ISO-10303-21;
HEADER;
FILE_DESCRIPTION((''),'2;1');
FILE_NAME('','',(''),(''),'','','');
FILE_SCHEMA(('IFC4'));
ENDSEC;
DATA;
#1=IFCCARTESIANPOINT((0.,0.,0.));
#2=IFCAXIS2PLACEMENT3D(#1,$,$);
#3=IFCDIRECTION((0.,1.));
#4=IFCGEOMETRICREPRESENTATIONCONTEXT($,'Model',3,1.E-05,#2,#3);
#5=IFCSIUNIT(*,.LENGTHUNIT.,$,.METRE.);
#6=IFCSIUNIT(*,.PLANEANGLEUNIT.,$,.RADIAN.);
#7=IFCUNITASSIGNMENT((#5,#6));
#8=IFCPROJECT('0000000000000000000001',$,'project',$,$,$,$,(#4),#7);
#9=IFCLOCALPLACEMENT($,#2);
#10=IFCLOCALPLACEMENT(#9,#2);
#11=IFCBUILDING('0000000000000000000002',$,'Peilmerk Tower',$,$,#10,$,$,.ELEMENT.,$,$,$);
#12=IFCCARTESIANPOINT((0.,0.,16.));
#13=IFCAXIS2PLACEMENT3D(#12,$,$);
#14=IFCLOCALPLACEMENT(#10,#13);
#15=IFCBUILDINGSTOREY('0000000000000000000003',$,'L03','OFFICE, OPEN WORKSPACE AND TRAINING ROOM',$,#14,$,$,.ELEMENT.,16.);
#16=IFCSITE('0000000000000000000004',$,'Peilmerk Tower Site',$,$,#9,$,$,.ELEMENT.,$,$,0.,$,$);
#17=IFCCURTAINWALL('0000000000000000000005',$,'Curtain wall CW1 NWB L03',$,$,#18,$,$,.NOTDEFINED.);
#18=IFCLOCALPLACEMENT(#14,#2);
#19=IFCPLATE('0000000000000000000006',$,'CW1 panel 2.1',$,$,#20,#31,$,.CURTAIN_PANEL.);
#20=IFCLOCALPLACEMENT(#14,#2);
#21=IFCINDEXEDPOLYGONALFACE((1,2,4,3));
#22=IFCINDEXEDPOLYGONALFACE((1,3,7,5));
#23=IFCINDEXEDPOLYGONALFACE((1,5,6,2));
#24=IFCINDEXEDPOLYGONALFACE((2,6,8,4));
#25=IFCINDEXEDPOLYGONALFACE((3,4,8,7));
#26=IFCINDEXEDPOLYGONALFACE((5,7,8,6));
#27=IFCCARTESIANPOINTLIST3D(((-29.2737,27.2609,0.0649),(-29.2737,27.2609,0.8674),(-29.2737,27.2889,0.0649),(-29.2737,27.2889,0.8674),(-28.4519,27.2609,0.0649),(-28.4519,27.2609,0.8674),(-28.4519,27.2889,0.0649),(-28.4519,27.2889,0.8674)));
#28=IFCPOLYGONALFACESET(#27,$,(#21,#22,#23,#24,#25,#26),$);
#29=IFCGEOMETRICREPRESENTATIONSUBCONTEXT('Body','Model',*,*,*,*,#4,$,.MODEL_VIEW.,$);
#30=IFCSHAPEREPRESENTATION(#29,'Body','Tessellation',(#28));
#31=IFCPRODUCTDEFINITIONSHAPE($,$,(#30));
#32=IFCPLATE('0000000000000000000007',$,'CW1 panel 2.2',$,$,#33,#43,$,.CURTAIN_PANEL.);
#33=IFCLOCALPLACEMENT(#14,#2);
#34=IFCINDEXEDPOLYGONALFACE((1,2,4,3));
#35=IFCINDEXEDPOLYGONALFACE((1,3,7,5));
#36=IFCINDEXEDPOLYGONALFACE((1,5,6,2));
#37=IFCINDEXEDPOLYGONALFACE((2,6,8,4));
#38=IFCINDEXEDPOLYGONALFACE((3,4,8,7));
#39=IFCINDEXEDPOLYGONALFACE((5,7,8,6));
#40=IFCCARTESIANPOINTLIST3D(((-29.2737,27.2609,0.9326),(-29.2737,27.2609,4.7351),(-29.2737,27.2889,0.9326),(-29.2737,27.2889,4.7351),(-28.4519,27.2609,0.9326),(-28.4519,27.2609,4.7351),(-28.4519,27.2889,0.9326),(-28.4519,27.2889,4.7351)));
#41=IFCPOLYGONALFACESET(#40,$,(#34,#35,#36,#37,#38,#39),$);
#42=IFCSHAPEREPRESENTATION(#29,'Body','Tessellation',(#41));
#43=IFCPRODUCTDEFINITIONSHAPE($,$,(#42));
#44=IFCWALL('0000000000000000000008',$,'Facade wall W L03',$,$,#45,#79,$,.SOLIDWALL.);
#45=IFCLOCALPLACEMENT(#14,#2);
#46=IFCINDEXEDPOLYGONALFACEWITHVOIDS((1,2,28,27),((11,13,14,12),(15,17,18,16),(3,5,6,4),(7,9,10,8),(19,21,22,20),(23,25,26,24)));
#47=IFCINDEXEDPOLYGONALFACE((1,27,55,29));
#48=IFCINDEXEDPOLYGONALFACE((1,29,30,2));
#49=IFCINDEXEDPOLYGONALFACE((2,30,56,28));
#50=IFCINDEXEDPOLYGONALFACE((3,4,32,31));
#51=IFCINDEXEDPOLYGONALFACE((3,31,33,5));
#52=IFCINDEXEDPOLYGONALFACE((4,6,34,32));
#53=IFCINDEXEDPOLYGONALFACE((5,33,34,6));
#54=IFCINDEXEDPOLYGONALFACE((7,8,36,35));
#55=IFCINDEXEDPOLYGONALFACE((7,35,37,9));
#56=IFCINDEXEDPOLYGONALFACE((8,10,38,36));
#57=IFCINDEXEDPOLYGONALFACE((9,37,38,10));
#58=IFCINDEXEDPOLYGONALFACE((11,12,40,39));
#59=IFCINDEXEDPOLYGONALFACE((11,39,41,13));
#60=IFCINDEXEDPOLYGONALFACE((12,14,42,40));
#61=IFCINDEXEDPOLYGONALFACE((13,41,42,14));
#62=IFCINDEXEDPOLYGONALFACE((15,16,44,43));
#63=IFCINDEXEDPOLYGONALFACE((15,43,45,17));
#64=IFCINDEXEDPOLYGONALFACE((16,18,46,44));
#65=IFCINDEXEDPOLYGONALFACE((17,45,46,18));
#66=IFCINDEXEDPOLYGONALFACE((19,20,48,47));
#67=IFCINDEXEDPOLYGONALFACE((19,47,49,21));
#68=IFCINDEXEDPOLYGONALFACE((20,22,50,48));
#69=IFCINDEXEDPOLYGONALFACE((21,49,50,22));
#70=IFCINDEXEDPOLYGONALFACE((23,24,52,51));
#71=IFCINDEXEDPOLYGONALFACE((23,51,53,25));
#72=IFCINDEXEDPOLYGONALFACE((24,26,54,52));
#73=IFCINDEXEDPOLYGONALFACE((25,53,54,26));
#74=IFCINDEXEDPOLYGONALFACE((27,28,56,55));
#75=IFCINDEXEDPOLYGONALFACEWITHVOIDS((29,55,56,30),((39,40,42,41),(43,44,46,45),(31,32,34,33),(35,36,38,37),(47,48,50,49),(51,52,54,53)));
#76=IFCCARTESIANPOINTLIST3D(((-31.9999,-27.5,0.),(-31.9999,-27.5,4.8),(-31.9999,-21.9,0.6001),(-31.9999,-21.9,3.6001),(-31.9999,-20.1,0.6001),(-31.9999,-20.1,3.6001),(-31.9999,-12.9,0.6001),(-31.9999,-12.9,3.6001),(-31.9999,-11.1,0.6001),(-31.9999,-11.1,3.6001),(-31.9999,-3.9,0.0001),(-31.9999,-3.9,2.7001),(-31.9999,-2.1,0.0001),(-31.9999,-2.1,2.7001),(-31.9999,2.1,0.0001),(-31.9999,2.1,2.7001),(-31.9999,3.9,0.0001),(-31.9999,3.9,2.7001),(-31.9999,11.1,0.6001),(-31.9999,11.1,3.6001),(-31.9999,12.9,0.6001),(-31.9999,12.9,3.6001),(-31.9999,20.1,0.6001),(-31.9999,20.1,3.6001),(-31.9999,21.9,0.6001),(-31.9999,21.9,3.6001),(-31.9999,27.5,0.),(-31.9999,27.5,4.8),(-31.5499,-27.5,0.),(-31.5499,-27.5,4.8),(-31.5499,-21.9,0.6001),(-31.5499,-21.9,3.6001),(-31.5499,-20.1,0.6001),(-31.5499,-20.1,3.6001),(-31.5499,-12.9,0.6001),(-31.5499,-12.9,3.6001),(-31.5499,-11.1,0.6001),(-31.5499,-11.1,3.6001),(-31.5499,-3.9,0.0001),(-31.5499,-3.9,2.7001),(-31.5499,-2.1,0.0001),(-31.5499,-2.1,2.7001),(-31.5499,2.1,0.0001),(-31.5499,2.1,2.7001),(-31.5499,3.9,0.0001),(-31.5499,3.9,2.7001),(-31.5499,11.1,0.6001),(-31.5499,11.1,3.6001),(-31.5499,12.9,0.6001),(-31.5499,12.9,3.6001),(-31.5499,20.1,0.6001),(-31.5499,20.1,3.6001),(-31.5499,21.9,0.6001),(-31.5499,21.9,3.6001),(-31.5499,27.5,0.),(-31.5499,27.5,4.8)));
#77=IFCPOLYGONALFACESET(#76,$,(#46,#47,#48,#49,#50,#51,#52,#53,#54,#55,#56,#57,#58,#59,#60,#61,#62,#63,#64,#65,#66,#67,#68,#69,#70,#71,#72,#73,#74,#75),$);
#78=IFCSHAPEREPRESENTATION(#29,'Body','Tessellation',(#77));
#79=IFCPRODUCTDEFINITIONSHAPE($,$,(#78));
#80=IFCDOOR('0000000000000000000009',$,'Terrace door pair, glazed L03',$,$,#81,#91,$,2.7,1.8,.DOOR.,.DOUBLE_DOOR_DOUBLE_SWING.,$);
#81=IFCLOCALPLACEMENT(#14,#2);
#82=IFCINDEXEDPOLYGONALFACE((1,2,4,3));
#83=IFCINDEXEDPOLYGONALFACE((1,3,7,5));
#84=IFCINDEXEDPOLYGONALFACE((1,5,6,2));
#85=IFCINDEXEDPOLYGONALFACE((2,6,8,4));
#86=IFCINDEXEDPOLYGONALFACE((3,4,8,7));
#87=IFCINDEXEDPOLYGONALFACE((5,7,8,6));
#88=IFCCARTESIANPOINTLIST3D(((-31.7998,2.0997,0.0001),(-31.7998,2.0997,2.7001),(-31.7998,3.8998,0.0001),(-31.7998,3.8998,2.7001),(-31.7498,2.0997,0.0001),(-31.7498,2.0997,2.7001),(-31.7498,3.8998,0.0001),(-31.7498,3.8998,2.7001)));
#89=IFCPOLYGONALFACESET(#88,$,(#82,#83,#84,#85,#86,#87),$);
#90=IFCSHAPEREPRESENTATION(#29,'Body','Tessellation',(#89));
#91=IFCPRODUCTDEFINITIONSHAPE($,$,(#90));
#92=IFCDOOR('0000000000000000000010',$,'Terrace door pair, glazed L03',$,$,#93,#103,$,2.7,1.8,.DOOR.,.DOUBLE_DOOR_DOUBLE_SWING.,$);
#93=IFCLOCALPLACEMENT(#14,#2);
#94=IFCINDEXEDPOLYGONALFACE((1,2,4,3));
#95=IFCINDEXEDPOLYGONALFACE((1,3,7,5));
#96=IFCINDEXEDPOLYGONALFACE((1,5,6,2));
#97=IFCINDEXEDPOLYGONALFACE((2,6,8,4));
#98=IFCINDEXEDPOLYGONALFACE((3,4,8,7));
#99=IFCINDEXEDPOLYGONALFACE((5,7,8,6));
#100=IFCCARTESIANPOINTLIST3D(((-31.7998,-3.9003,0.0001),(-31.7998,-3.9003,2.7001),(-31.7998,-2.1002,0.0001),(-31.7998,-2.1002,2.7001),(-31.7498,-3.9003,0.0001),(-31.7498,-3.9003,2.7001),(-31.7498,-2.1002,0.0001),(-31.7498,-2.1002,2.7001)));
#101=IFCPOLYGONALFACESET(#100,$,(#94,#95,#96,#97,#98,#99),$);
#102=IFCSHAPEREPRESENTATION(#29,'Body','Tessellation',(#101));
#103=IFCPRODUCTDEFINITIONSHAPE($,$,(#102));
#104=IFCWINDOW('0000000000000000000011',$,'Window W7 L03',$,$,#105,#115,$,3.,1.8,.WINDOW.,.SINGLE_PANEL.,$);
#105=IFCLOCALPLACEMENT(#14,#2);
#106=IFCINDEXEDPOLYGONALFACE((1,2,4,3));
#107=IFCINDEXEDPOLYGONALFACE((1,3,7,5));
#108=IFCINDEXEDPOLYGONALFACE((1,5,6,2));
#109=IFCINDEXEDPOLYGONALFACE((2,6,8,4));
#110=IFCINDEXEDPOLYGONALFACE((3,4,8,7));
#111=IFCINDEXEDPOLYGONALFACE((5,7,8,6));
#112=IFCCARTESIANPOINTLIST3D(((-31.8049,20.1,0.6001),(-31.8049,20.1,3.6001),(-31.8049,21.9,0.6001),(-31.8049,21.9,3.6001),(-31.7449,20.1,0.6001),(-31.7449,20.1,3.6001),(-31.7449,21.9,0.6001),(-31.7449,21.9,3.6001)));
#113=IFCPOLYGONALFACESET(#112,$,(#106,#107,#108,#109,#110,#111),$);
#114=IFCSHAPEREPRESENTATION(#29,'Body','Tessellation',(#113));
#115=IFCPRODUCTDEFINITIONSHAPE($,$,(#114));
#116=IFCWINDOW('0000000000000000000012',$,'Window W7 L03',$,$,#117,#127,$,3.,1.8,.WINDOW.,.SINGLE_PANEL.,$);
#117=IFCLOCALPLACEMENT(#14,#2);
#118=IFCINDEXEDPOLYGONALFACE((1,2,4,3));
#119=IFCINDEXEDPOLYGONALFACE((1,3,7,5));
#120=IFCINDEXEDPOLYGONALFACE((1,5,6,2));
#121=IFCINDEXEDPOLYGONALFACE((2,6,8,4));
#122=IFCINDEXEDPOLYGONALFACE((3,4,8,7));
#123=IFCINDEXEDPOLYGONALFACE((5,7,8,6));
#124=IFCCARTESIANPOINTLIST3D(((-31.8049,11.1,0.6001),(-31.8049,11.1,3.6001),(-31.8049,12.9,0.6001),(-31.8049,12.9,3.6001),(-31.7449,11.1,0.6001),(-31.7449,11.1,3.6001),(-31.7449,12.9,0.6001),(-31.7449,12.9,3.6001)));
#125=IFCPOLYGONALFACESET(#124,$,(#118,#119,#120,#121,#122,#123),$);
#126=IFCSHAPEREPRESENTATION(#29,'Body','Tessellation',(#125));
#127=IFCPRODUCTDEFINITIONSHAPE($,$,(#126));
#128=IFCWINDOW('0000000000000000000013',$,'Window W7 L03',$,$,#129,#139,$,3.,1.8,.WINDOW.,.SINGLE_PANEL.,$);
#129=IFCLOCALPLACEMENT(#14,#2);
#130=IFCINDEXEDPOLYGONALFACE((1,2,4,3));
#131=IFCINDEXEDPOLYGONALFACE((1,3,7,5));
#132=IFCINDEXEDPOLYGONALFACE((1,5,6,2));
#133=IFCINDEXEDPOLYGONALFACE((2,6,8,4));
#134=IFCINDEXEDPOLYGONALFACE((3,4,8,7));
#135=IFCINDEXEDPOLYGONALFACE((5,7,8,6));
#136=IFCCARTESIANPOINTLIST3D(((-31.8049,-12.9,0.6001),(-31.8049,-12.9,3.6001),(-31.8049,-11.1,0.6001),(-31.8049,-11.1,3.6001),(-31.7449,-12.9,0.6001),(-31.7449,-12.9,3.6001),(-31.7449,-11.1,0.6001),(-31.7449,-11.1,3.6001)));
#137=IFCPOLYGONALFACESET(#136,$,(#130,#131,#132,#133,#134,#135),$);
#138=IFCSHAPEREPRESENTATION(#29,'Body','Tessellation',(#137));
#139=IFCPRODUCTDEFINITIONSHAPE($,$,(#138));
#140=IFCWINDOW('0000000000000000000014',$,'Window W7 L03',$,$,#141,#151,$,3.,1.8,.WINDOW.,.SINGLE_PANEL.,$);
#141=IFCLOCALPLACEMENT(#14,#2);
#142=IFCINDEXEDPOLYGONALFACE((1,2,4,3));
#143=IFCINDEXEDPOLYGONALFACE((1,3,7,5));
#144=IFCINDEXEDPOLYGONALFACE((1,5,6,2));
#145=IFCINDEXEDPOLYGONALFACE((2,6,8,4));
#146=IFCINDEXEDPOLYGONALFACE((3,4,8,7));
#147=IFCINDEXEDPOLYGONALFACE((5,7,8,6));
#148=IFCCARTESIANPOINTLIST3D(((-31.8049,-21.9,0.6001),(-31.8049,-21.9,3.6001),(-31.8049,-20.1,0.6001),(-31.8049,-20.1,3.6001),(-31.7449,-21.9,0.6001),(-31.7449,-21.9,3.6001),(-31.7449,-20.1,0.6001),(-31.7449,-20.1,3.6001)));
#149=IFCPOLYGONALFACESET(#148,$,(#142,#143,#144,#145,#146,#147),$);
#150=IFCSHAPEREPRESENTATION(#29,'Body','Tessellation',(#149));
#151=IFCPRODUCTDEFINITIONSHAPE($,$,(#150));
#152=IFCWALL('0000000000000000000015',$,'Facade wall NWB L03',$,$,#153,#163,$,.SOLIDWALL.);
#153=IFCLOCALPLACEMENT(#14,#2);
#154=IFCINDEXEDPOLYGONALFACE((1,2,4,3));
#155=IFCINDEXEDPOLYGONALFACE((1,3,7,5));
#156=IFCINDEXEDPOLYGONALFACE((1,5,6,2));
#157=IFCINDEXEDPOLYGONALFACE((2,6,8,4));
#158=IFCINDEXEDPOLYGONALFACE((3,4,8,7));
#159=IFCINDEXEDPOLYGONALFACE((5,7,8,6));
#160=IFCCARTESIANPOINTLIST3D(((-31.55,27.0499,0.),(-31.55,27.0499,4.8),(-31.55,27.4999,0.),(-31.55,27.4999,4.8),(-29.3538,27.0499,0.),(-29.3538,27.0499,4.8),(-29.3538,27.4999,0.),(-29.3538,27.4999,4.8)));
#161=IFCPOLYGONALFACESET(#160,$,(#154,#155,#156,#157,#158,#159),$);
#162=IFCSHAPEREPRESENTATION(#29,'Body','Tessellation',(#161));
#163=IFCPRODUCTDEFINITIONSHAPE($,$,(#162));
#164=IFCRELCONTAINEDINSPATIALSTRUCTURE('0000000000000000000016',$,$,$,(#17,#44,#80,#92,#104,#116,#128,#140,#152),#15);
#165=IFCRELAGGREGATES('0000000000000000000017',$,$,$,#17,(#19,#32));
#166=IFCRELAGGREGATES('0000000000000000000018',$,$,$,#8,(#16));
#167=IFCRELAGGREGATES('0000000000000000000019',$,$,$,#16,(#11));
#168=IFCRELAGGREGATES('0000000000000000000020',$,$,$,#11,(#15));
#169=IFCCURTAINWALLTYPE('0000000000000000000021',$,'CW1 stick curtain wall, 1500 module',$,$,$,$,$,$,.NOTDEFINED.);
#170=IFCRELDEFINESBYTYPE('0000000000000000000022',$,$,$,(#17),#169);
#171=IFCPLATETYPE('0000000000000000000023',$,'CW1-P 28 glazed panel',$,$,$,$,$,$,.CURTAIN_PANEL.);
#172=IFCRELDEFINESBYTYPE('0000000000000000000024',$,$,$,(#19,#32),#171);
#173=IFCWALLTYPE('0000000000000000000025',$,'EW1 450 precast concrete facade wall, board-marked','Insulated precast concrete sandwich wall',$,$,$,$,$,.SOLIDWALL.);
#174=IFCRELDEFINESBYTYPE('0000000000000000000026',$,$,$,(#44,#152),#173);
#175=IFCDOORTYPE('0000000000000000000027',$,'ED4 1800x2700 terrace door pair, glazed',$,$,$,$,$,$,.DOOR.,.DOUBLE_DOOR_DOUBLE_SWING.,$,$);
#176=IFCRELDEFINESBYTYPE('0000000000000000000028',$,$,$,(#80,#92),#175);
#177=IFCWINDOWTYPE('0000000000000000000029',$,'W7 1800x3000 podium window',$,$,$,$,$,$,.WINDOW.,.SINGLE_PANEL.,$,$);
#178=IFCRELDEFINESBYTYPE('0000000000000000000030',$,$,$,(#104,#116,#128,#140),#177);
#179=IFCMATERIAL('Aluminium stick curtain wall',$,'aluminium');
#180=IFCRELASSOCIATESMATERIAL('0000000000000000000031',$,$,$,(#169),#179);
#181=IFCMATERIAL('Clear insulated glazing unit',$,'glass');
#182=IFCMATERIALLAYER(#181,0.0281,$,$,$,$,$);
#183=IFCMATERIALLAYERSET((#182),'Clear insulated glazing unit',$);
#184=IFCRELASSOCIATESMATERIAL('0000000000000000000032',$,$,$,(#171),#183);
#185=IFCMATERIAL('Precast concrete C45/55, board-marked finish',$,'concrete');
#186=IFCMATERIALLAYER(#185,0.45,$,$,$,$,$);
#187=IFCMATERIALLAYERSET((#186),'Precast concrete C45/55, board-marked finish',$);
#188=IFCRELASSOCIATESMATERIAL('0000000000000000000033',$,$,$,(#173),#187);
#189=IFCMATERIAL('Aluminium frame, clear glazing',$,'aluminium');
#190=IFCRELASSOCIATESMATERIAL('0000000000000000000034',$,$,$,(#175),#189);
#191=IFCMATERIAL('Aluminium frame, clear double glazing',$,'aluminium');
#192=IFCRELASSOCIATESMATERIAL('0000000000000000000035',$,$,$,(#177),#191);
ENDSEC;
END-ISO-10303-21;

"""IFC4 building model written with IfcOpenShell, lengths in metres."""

from ifc_helpers import new_model, si_unit, direction, frame, frame_2d, origin, origin_2d, place, context, subcontext, project, spatial, rectangle, extrude, material, layer, layer_set, type_object, element, fill, aggregate, save


model = new_model("IFC4")

# Units and contexts
model_context = context("Model", 3, precision=1e-05, world=origin(), true_north=direction((0.0, 1.0)))
body_context = subcontext(model_context, "Body", "Model", "MODEL_VIEW")
ifc_project = project(units=[si_unit("LENGTHUNIT", "METRE"), si_unit("PLANEANGLEUNIT", "RADIAN")], contexts=[model_context])

# Site, building, storey
site_placement = place(None, origin())
site = spatial("IfcSite", under=ifc_project, at=site_placement, Name="Peilmerk Tower Site", CompositionType="ELEMENT", RefElevation=0.0)
building_placement = place(site_placement, origin())
building = spatial("IfcBuilding", under=site, at=building_placement, Name="Peilmerk Tower", CompositionType="ELEMENT")
storey_placement = place(building_placement, frame((0.0, 0.0, 16.0)))
storey = spatial("IfcBuildingStorey", under=building, at=storey_placement, Name="L03", Description="OFFICE, OPEN WORKSPACE AND TRAINING ROOM", CompositionType="ELEMENT", Elevation=16.0)

# Curtain wall, plates
ifc_material_1 = material(Name="Aluminium stick curtain wall", Category="aluminium")
curtain_wall_type = type_object("IfcCurtainWallType", Name="CW1 stick curtain wall, 1500 module", PredefinedType="NOTDEFINED", material=ifc_material_1)
curtain_wall_placement = place(storey_placement, origin())
curtain_wall = element("IfcCurtainWall", 1, at=curtain_wall_placement, inside=storey, type_object=curtain_wall_type, Name="Curtain wall CW1 NWB L03", PredefinedType="NOTDEFINED")
ifc_material_2 = material(Name="Clear insulated glazing unit", Category="glass")
ifc_layer_1 = layer(ifc_material_2, 0.0281)
ifc_layer_set_1 = layer_set([ifc_layer_1], Name="Clear insulated glazing unit")
plate_type = type_object("IfcPlateType", Name="CW1-P 28 glazed panel", PredefinedType="CURTAIN_PANEL", material=ifc_layer_set_1)
plate_1_placement = place(storey_placement, frame((-28.8628, 27.2749, 0.0649), z_axis=(0.0, 0.0, 1.0), x_axis=(-1.0, 0.0, 0.0)))
plate_1 = element("IfcPlate", 2, at=plate_1_placement, type_object=plate_type, Name="CW1 panel 2.1", PredefinedType="CURTAIN_PANEL", context=body_context, shape_type="SweptSolid", body=[
    extrude(rectangle(XDim=0.8218, YDim=0.0281, at=origin_2d()), origin(), (0.0, 0.0, 1.0), 0.8025),
])
plate_2_placement = place(storey_placement, frame((-28.8628, 27.2749, 0.9326), z_axis=(0.0, 0.0, 1.0), x_axis=(-1.0, 0.0, 0.0)))
plate_2 = element("IfcPlate", 3, at=plate_2_placement, type_object=plate_type, Name="CW1 panel 2.2", PredefinedType="CURTAIN_PANEL", context=body_context, shape_type="SweptSolid", body=[
    extrude(rectangle(XDim=0.8218, YDim=0.0281, at=origin_2d()), origin(), (0.0, 0.0, 1.0), 3.8025),
])
aggregate(curtain_wall, [plate_1, plate_2])

# Wall, openings, doors, windows
ifc_material_3 = material(Name="Precast concrete C45/55, board-marked finish", Category="concrete")
ifc_layer_2 = layer(ifc_material_3, 0.45)
ifc_layer_set_2 = layer_set([ifc_layer_2], Name="Precast concrete C45/55, board-marked finish")
wall_type = type_object("IfcWallType", Name="EW1 450 precast concrete facade wall, board-marked", Description="Insulated precast concrete sandwich wall", PredefinedType="SOLIDWALL", material=ifc_layer_set_2)
wall_1_placement = place(storey_placement, frame((-31.7749, 27.5, 0.0), z_axis=(0.0, 0.0, 1.0), x_axis=(0.0, -1.0, 0.0)))
wall_1 = element("IfcWall", 4, at=wall_1_placement, inside=storey, type_object=wall_type, Name="Facade wall W L03", PredefinedType="SOLIDWALL", context=body_context, shape_type="SweptSolid", body=[
    extrude(rectangle(XDim=55.0, YDim=0.45, at=frame_2d((27.5, 0.0))), origin(), (0.0, 0.0, 1.0), 4.8),
])
opening_1_placement = place(wall_1_placement, frame((5.6001, 0.0, 0.6001)))
opening_1 = element("IfcOpeningElement", 5, at=opening_1_placement, cuts=wall_1, PredefinedType="OPENING", context=body_context, shape_type="SweptSolid", body=[
    extrude(rectangle(XDim=1.8, YDim=3.0, at=frame_2d((0.8999, 1.5))), frame((0.0, 0.2349, 0.0), z_axis=(0.0, -1.0, 0.0), x_axis=(1.0, 0.0, 0.0)), (0.0, 0.0, 1.0), 0.47),
])
opening_2_placement = place(wall_1_placement, frame((14.6001, 0.0, 0.6001)))
opening_2 = element("IfcOpeningElement", 6, at=opening_2_placement, cuts=wall_1, PredefinedType="OPENING", context=body_context, shape_type="SweptSolid", body=[
    extrude(rectangle(XDim=1.8, YDim=3.0, at=frame_2d((0.8999, 1.5))), frame((0.0, 0.2349, 0.0), z_axis=(0.0, -1.0, 0.0), x_axis=(1.0, 0.0, 0.0)), (0.0, 0.0, 1.0), 0.47),
])
opening_3_placement = place(wall_1_placement, frame((38.6001, 0.0, 0.6001)))
opening_3 = element("IfcOpeningElement", 7, at=opening_3_placement, cuts=wall_1, PredefinedType="OPENING", context=body_context, shape_type="SweptSolid", body=[
    extrude(rectangle(XDim=1.8, YDim=3.0, at=frame_2d((0.8999, 1.5))), frame((0.0, 0.2349, 0.0), z_axis=(0.0, -1.0, 0.0), x_axis=(1.0, 0.0, 0.0)), (0.0, 0.0, 1.0), 0.47),
])
opening_4_placement = place(wall_1_placement, frame((47.6001, 0.0, 0.6001)))
opening_4 = element("IfcOpeningElement", 8, at=opening_4_placement, cuts=wall_1, PredefinedType="OPENING", context=body_context, shape_type="SweptSolid", body=[
    extrude(rectangle(XDim=1.8, YDim=3.0, at=frame_2d((0.8999, 1.5))), frame((0.0, 0.2349, 0.0), z_axis=(0.0, -1.0, 0.0), x_axis=(1.0, 0.0, 0.0)), (0.0, 0.0, 1.0), 0.47),
])
opening_5_placement = place(wall_1_placement, frame((23.6001, 0.0, 0.0)))
opening_5 = element("IfcOpeningElement", 9, at=opening_5_placement, cuts=wall_1, PredefinedType="OPENING", context=body_context, shape_type="SweptSolid", body=[
    extrude(rectangle(XDim=1.8, YDim=2.7, at=frame_2d((0.8999, 1.3501))), frame((0.0, 0.2349, 0.0), z_axis=(0.0, -1.0, 0.0), x_axis=(1.0, 0.0, 0.0)), (0.0, 0.0, 1.0), 0.47),
])
opening_6_placement = place(wall_1_placement, frame((29.6001, 0.0, 0.0)))
opening_6 = element("IfcOpeningElement", 10, at=opening_6_placement, cuts=wall_1, PredefinedType="OPENING", context=body_context, shape_type="SweptSolid", body=[
    extrude(rectangle(XDim=1.8, YDim=2.7, at=frame_2d((0.8999, 1.3501))), frame((0.0, 0.2349, 0.0), z_axis=(0.0, -1.0, 0.0), x_axis=(1.0, 0.0, 0.0)), (0.0, 0.0, 1.0), 0.47),
])
ifc_material_4 = material(Name="Aluminium frame, clear glazing", Category="aluminium")
door_type = type_object("IfcDoorType", Name="ED4 1800x2700 terrace door pair, glazed", OperationType="DOUBLE_DOOR_DOUBLE_SWING", PredefinedType="DOOR", material=ifc_material_4)
door_1_placement = place(opening_5_placement, frame((1.8, 0.0, 0.0), z_axis=(0.0, 0.0, 1.0), x_axis=(-1.0, 0.0, 0.0)))
door_1 = element("IfcDoor", 11, at=door_1_placement, inside=storey, type_object=door_type, Name="Terrace door pair, glazed L03", OperationType="DOUBLE_DOOR_DOUBLE_SWING", OverallHeight=2.7, OverallWidth=1.8, PredefinedType="DOOR", context=body_context, shape_type="SweptSolid", body=[
    extrude(rectangle(XDim=1.8, YDim=2.7, at=frame_2d((0.8999, 1.3501))), frame((0.0, 0.0249, 0.0), z_axis=(0.0, -1.0, 0.0), x_axis=(1.0, 0.0, 0.0)), (0.0, 0.0, 1.0), 0.05),
])
fill(opening_5, door_1)
door_2_placement = place(opening_6_placement, frame((1.8, 0.0, 0.0), z_axis=(0.0, 0.0, 1.0), x_axis=(-1.0, 0.0, 0.0)))
door_2 = element("IfcDoor", 12, at=door_2_placement, inside=storey, type_object=door_type, Name="Terrace door pair, glazed L03", OperationType="DOUBLE_DOOR_DOUBLE_SWING", OverallHeight=2.7, OverallWidth=1.8, PredefinedType="DOOR", context=body_context, shape_type="SweptSolid", body=[
    extrude(rectangle(XDim=1.8, YDim=2.7, at=frame_2d((0.8999, 1.3501))), frame((0.0, 0.0249, 0.0), z_axis=(0.0, -1.0, 0.0), x_axis=(1.0, 0.0, 0.0)), (0.0, 0.0, 1.0), 0.05),
])
fill(opening_6, door_2)
ifc_material_5 = material(Name="Aluminium frame, clear double glazing", Category="aluminium")
window_type = type_object("IfcWindowType", Name="W7 1800x3000 podium window", PartitioningType="SINGLE_PANEL", PredefinedType="WINDOW", material=ifc_material_5)
window_1_placement = place(opening_1_placement, origin())
window_1 = element("IfcWindow", 13, at=window_1_placement, inside=storey, type_object=window_type, Name="Window W7 L03", OverallHeight=3.0, OverallWidth=1.8, PartitioningType="SINGLE_PANEL", PredefinedType="WINDOW", context=body_context, shape_type="SweptSolid", body=[
    extrude(rectangle(XDim=1.8, YDim=3.0, at=frame_2d((0.8999, 1.5))), frame((0.0, 0.03, 0.0), z_axis=(0.0, -1.0, 0.0), x_axis=(1.0, 0.0, 0.0)), (0.0, 0.0, 1.0), 0.0601),
])
fill(opening_1, window_1)
window_2_placement = place(opening_2_placement, origin())
window_2 = element("IfcWindow", 14, at=window_2_placement, inside=storey, type_object=window_type, Name="Window W7 L03", OverallHeight=3.0, OverallWidth=1.8, PartitioningType="SINGLE_PANEL", PredefinedType="WINDOW", context=body_context, shape_type="SweptSolid", body=[
    extrude(rectangle(XDim=1.8, YDim=3.0, at=frame_2d((0.8999, 1.5))), frame((0.0, 0.03, 0.0), z_axis=(0.0, -1.0, 0.0), x_axis=(1.0, 0.0, 0.0)), (0.0, 0.0, 1.0), 0.0601),
])
fill(opening_2, window_2)
window_3_placement = place(opening_3_placement, origin())
window_3 = element("IfcWindow", 15, at=window_3_placement, inside=storey, type_object=window_type, Name="Window W7 L03", OverallHeight=3.0, OverallWidth=1.8, PartitioningType="SINGLE_PANEL", PredefinedType="WINDOW", context=body_context, shape_type="SweptSolid", body=[
    extrude(rectangle(XDim=1.8, YDim=3.0, at=frame_2d((0.8999, 1.5))), frame((0.0, 0.03, 0.0), z_axis=(0.0, -1.0, 0.0), x_axis=(1.0, 0.0, 0.0)), (0.0, 0.0, 1.0), 0.0601),
])
fill(opening_3, window_3)
window_4_placement = place(opening_4_placement, origin())
window_4 = element("IfcWindow", 16, at=window_4_placement, inside=storey, type_object=window_type, Name="Window W7 L03", OverallHeight=3.0, OverallWidth=1.8, PartitioningType="SINGLE_PANEL", PredefinedType="WINDOW", context=body_context, shape_type="SweptSolid", body=[
    extrude(rectangle(XDim=1.8, YDim=3.0, at=frame_2d((0.8999, 1.5))), frame((0.0, 0.03, 0.0), z_axis=(0.0, -1.0, 0.0), x_axis=(1.0, 0.0, 0.0)), (0.0, 0.0, 1.0), 0.0601),
])
fill(opening_4, window_4)

# Wall
wall_2_placement = place(storey_placement, frame((-29.3538, 27.2749, 0.0), z_axis=(0.0, 0.0, 1.0), x_axis=(-1.0, 0.0, 0.0)))
element("IfcWall", 17, at=wall_2_placement, inside=storey, type_object=wall_type, Name="Facade wall NWB L03", PredefinedType="SOLIDWALL", context=body_context, shape_type="SweptSolid", body=[
    extrude(rectangle(XDim=2.1963, YDim=0.45, at=frame_2d((1.0981, 0.0))), origin(), (0.0, 0.0, 1.0), 4.8),
])

save(model, "model.ifc")
